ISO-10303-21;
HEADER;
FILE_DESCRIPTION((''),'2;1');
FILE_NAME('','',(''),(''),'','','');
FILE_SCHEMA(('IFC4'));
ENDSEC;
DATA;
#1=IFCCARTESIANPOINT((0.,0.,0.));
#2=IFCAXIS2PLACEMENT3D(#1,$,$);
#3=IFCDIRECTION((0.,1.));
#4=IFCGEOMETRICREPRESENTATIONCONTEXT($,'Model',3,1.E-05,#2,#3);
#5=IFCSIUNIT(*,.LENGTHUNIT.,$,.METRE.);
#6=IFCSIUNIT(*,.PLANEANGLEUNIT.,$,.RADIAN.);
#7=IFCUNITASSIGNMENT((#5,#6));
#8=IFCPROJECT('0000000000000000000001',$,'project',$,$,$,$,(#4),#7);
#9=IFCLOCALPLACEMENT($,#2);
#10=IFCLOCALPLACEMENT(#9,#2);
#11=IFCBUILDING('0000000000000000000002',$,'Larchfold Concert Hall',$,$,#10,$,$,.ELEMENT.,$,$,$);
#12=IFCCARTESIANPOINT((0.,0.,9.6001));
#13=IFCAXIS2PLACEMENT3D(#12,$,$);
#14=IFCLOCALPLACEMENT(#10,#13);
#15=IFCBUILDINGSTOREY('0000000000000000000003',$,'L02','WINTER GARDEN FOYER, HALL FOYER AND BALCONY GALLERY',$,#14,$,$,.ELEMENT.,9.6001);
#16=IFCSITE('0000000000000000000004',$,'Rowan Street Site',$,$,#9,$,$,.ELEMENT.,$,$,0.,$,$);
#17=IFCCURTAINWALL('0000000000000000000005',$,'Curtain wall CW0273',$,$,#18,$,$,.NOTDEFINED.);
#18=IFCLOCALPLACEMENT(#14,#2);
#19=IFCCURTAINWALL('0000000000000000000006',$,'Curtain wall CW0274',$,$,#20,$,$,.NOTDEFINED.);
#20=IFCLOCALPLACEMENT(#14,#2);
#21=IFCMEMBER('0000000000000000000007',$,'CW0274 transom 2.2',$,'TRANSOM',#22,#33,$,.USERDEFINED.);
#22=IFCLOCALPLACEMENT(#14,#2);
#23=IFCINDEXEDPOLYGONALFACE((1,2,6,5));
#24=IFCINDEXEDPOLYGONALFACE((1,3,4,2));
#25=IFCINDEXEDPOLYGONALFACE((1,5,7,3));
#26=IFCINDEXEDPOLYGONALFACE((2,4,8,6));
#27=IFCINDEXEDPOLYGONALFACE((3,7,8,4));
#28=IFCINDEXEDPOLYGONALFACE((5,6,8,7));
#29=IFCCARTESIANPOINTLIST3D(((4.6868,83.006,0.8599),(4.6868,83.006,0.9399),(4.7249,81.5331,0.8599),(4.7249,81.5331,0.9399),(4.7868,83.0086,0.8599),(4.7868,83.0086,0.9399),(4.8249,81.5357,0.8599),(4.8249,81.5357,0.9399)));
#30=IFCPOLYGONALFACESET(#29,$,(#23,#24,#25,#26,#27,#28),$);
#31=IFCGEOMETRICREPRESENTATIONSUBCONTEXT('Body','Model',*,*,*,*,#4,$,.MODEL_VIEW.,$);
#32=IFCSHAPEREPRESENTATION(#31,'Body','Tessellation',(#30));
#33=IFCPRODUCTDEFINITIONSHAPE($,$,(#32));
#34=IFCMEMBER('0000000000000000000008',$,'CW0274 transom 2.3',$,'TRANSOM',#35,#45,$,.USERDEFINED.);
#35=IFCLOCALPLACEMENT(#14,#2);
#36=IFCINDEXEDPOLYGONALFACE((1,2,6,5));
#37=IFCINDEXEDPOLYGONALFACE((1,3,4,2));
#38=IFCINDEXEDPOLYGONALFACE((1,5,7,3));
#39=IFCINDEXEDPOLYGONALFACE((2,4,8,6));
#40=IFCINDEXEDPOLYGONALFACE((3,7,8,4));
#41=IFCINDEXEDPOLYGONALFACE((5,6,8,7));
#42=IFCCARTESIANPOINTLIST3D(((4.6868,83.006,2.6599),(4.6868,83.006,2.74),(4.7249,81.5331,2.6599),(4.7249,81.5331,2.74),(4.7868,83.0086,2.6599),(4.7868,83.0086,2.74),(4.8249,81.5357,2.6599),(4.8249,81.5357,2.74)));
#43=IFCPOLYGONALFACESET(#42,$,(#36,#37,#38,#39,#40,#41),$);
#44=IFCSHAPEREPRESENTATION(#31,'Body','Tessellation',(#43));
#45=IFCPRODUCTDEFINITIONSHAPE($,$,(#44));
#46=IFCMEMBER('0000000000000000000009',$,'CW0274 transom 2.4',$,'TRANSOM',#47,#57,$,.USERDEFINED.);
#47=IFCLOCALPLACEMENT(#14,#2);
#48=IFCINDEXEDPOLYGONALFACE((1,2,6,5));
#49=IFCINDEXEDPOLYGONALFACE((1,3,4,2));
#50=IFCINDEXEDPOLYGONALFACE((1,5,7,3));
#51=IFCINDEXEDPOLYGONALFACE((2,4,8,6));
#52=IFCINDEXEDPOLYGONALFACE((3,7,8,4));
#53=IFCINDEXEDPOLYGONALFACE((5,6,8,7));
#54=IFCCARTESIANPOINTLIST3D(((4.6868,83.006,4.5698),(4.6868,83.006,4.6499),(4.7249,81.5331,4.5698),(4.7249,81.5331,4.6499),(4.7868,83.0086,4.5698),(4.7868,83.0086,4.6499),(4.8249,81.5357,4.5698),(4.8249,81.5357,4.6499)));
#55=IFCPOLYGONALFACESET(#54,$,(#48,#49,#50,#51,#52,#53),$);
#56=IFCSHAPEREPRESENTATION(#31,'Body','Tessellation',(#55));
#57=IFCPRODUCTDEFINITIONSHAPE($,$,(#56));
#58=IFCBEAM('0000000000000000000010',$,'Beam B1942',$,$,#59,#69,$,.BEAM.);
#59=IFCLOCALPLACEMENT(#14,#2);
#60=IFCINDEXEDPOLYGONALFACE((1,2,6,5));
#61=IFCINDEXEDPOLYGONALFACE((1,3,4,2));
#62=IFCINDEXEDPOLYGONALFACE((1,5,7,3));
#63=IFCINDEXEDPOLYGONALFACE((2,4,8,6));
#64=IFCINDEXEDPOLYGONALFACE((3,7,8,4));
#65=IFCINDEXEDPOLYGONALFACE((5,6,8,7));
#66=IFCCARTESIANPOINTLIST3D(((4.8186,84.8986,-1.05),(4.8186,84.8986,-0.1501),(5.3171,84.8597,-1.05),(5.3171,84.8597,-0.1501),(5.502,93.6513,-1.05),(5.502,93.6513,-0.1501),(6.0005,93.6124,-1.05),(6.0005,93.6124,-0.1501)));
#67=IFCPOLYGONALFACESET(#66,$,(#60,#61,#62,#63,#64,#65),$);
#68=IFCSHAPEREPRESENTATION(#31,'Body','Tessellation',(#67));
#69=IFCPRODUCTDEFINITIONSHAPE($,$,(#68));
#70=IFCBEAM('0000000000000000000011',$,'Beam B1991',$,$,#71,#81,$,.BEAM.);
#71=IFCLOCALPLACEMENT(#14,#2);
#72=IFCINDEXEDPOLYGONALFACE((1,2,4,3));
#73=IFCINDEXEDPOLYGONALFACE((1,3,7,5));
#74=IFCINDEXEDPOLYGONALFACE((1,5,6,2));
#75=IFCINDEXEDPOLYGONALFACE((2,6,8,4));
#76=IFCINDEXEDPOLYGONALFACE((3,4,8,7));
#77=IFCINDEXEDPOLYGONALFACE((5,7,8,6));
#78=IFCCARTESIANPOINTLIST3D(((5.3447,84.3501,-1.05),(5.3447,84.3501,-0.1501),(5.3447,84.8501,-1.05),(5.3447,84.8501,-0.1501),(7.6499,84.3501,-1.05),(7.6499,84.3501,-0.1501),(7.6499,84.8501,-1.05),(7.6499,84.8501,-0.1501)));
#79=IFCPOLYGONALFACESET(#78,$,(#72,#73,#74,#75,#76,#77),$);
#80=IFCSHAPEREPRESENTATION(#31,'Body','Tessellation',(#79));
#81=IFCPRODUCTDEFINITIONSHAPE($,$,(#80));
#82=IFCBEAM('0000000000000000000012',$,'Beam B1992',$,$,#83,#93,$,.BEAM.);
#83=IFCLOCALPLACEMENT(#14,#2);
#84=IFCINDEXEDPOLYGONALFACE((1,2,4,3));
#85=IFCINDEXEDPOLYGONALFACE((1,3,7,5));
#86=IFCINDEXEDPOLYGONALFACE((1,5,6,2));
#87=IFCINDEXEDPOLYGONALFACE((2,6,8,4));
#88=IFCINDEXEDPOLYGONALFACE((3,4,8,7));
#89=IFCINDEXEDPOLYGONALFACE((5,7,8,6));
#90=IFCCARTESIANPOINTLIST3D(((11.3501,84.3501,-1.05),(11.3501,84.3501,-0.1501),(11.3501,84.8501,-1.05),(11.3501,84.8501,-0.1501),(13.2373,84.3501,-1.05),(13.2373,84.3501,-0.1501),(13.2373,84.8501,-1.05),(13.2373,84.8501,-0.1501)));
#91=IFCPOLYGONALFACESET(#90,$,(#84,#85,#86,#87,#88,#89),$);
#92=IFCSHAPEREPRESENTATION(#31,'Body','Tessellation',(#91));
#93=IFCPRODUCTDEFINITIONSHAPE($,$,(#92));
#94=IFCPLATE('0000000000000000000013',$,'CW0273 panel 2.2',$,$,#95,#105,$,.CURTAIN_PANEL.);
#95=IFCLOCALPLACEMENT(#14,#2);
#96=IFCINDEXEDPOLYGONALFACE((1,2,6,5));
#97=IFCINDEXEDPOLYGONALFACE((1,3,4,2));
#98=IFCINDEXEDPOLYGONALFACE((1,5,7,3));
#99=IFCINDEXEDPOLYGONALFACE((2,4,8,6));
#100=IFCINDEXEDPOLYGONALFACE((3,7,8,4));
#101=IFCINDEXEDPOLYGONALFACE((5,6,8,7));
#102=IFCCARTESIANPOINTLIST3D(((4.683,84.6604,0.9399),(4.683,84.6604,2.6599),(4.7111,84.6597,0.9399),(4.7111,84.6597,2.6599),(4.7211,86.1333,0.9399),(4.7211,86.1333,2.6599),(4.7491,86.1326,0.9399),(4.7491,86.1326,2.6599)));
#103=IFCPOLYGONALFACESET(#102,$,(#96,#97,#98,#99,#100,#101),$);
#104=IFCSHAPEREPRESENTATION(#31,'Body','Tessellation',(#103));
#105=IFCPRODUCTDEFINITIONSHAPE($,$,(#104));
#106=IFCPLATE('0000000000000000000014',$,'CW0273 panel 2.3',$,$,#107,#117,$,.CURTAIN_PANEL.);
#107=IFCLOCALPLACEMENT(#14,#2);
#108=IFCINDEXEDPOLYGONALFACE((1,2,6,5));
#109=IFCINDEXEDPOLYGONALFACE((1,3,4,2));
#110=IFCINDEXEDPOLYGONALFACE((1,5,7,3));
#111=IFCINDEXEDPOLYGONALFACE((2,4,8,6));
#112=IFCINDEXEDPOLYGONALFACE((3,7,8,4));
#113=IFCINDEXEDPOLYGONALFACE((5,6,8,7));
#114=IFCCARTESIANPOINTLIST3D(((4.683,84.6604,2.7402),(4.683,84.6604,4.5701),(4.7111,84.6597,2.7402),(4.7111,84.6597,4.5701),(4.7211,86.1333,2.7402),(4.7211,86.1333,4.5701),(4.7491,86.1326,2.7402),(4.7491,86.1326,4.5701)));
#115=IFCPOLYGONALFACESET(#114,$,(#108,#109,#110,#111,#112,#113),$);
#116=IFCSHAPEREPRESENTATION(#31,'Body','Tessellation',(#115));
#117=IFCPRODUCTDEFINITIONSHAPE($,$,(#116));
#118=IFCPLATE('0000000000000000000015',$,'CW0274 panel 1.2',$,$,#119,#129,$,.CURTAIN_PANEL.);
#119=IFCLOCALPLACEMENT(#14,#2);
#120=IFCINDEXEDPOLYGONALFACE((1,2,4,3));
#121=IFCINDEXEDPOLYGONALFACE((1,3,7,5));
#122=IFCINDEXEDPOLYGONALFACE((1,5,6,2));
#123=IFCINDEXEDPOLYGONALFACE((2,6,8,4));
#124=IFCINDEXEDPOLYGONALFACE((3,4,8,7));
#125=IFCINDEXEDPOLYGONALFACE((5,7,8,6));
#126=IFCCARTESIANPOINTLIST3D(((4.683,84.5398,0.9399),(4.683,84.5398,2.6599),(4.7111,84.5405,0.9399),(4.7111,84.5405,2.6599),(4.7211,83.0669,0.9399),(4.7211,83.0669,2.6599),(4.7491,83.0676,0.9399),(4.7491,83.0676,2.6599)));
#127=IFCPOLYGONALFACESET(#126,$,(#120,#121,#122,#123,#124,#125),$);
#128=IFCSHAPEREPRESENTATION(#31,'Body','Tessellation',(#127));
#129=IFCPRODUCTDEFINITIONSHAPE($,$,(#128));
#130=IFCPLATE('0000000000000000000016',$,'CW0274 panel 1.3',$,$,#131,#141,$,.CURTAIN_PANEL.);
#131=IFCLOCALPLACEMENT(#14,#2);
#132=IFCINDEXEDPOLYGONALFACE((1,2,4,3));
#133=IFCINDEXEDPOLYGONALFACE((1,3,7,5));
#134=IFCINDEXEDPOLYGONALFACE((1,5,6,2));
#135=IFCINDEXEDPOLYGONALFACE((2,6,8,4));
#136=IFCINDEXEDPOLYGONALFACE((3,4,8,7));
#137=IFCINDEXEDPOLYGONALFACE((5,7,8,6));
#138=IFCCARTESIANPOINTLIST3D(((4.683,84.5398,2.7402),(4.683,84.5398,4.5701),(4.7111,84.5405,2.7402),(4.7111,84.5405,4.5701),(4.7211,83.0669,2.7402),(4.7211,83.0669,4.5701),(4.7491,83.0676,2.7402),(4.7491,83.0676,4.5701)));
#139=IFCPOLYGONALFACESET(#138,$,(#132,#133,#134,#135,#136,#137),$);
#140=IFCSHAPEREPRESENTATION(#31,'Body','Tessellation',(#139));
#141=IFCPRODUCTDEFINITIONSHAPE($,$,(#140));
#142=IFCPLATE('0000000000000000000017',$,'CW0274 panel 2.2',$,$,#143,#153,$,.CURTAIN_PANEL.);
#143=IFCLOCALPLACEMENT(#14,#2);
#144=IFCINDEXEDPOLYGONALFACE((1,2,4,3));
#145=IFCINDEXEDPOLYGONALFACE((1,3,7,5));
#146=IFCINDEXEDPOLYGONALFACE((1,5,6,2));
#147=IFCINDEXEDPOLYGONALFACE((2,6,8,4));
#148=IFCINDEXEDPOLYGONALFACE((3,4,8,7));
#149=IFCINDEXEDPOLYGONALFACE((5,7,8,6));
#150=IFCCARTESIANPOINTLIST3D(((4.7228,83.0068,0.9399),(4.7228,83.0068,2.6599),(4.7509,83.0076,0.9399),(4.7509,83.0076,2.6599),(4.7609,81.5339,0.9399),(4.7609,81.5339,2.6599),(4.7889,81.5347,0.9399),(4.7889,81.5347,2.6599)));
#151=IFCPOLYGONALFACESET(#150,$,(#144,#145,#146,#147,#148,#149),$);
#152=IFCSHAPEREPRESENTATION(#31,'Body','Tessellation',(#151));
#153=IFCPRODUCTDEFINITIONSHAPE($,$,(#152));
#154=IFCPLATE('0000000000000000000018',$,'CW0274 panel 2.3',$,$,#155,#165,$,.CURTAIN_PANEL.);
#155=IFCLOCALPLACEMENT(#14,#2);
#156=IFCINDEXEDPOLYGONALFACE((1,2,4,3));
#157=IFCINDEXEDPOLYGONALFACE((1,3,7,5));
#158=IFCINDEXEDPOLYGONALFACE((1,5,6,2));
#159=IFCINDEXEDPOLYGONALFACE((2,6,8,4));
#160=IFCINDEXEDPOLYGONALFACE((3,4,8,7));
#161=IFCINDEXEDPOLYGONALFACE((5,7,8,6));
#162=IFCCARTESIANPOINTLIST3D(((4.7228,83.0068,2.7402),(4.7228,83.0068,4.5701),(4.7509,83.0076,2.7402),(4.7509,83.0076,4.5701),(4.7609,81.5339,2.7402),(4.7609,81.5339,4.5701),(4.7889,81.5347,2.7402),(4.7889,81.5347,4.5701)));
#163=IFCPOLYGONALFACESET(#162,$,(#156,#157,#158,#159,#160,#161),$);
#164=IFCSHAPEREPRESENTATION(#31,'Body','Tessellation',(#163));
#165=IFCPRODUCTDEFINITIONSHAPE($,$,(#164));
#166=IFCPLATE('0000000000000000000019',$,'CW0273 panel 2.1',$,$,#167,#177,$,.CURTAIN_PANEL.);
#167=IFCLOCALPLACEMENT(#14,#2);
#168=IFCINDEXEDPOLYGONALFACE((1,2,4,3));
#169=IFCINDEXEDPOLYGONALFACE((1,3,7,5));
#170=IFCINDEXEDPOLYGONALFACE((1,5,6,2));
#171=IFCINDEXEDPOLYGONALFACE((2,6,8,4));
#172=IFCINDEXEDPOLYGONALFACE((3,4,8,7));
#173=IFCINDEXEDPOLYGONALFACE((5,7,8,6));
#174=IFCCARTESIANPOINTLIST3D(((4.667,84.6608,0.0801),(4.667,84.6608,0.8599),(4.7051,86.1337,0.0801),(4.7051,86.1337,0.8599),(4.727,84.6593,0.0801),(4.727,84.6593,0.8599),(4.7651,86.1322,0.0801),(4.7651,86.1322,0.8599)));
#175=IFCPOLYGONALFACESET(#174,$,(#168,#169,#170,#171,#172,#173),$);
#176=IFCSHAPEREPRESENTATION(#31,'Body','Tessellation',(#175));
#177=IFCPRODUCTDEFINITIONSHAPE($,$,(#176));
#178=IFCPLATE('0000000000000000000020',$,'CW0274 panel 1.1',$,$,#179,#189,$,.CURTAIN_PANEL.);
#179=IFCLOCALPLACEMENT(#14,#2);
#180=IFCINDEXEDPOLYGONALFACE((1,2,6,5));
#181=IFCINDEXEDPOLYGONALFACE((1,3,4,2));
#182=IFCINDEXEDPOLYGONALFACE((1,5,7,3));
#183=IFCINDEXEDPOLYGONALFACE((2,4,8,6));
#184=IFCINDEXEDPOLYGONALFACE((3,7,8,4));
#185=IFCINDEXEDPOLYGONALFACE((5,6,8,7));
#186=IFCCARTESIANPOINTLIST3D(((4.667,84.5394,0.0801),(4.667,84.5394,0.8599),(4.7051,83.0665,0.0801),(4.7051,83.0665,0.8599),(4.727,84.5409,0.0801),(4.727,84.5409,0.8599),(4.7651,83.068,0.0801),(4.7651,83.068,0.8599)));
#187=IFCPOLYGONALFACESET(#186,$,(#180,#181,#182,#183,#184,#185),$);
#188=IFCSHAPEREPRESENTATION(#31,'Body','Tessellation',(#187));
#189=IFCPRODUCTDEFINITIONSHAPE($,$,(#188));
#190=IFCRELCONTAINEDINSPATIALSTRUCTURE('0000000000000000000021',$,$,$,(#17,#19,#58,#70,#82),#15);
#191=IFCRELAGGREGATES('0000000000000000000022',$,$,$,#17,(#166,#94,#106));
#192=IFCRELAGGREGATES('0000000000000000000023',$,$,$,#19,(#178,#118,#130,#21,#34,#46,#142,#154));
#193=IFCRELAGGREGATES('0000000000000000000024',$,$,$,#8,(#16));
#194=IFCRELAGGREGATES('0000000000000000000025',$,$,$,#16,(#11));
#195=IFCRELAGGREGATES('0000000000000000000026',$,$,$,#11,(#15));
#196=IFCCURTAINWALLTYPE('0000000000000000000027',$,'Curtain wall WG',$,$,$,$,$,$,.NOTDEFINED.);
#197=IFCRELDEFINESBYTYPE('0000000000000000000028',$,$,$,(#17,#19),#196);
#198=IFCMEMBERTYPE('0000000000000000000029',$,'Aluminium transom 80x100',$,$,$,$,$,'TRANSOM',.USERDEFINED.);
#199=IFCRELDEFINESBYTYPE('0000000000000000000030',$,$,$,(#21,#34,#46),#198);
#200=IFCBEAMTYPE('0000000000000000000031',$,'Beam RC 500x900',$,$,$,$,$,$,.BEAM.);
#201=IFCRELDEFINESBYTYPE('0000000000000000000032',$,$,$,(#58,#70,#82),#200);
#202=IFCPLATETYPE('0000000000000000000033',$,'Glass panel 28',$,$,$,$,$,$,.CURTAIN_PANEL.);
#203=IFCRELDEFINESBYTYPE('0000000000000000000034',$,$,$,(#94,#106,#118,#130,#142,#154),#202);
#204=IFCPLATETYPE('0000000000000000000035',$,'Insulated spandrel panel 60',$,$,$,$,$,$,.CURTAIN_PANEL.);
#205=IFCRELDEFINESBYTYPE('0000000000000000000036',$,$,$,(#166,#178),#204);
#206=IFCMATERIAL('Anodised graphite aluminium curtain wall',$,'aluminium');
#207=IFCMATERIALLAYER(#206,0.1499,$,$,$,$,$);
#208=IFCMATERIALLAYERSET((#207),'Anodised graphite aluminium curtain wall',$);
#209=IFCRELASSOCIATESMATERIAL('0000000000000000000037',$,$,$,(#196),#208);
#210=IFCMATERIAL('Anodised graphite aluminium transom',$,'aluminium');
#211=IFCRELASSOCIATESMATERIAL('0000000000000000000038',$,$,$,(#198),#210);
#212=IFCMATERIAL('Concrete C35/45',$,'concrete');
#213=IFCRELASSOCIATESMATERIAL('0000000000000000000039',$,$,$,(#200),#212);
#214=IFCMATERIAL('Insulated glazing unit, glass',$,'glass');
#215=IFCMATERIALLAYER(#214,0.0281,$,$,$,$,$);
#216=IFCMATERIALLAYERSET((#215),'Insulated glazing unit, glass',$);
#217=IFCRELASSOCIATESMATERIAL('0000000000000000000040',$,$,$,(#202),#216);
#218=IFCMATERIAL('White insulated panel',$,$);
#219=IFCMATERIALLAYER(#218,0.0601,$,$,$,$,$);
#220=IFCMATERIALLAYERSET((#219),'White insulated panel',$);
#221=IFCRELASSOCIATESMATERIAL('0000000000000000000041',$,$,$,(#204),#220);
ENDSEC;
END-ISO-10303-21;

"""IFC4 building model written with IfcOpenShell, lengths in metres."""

from ifc_helpers import new_model, si_unit, direction, frame, origin, origin_2d, place, context, subcontext, project, spatial, rectangle, extrude, material, layer, layer_set, material_profile, profile_set, type_object, element, aggregate, save


model = new_model("IFC4")

# Units and contexts
model_context = context("Model", 3, precision=1e-05, world=origin(), true_north=direction((0.0, 1.0)))
body_context = subcontext(model_context, "Body", "Model", "MODEL_VIEW")
ifc_project = project(units=[si_unit("LENGTHUNIT", "METRE"), si_unit("PLANEANGLEUNIT", "RADIAN")], contexts=[model_context])

# Site, building, storey
site_placement = place(None, origin())
site = spatial("IfcSite", under=ifc_project, at=site_placement, Name="Rowan Street Site", CompositionType="ELEMENT", RefElevation=0.0)
building_placement = place(site_placement, origin())
building = spatial("IfcBuilding", under=site, at=building_placement, Name="Larchfold Concert Hall", CompositionType="ELEMENT")
storey_placement = place(building_placement, frame((0.0, 0.0, 9.6001)))
storey = spatial("IfcBuildingStorey", under=building, at=storey_placement, Name="L02", Description="WINTER GARDEN FOYER, HALL FOYER AND BALCONY GALLERY", CompositionType="ELEMENT", Elevation=9.6001)

# Curtain walls
ifc_material_1 = material(Name="Anodised graphite aluminium curtain wall", Category="aluminium")
ifc_layer_1 = layer(ifc_material_1, 0.1499)
ifc_layer_set_1 = layer_set([ifc_layer_1], Name="Anodised graphite aluminium curtain wall")
curtain_wall_type = type_object("IfcCurtainWallType", Name="Curtain wall WG", PredefinedType="NOTDEFINED", material=ifc_layer_set_1)
curtain_wall_1_placement = place(storey_placement, origin())
curtain_wall_1 = element("IfcCurtainWall", 1, at=curtain_wall_1_placement, inside=storey, type_object=curtain_wall_type, Name="Curtain wall CW0273", PredefinedType="NOTDEFINED")
curtain_wall_2_placement = place(storey_placement, origin())
curtain_wall_2 = element("IfcCurtainWall", 2, at=curtain_wall_2_placement, inside=storey, type_object=curtain_wall_type, Name="Curtain wall CW0274", PredefinedType="NOTDEFINED")

# Members
ifc_material_2 = material(Name="Anodised graphite aluminium transom", Category="aluminium")
ifc_material_profile_1 = material_profile(ifc_material_2, rectangle(XDim=0.1001, YDim=0.0801, at=origin_2d()))
ifc_profile_set_1 = profile_set([ifc_material_profile_1], Name="Anodised graphite aluminium transom")
member_type_1 = type_object("IfcMemberType", Name="Aluminium transom 80x100", ElementType="TRANSOM", PredefinedType="USERDEFINED", material=ifc_profile_set_1)
member_1_placement = place(storey_placement, frame((4.7368, 83.0073, 0.8999), z_axis=(0.025849, -0.999666, 0.0), x_axis=(0.999666, 0.025849, 0.0)))
member_1 = element("IfcMember", 3, at=member_1_placement, type_object=member_type_1, Name="CW0274 transom 2.2", ObjectType="TRANSOM", PredefinedType="USERDEFINED", context=body_context, shape_type="SweptSolid", body=[
    extrude(rectangle(XDim=0.1001, YDim=0.0801, at=origin_2d()), origin(), (0.0, 0.0, 1.0), 1.4734),
])
member_2_placement = place(storey_placement, frame((4.7368, 83.0073, 2.7), z_axis=(0.025849, -0.999666, 0.0), x_axis=(0.999666, 0.025849, 0.0)))
member_2 = element("IfcMember", 4, at=member_2_placement, type_object=member_type_1, Name="CW0274 transom 2.3", ObjectType="TRANSOM", PredefinedType="USERDEFINED", context=body_context, shape_type="SweptSolid", body=[
    extrude(rectangle(XDim=0.1001, YDim=0.0801, at=origin_2d()), origin(), (0.0, 0.0, 1.0), 1.4734),
])
member_3_placement = place(storey_placement, frame((4.7368, 83.0073, 4.6099), z_axis=(0.025849, -0.999666, 0.0), x_axis=(0.999666, 0.025849, 0.0)))
member_3 = element("IfcMember", 5, at=member_3_placement, type_object=member_type_1, Name="CW0274 transom 2.4", ObjectType="TRANSOM", PredefinedType="USERDEFINED", context=body_context, shape_type="SweptSolid", body=[
    extrude(rectangle(XDim=0.1001, YDim=0.0801, at=origin_2d()), origin(), (0.0, 0.0, 1.0), 1.4734),
])

# Beams
ifc_material_3 = material(Name="Concrete C35/45", Category="concrete")
ifc_material_profile_2 = material_profile(ifc_material_3, rectangle(XDim=0.5, YDim=0.8999, at=origin_2d()))
ifc_profile_set_2 = profile_set([ifc_material_profile_2], Name="Concrete C35/45")
beam_type = type_object("IfcBeamType", Name="Beam RC 500x900", PredefinedType="BEAM", material=ifc_profile_set_2)
beam_1_placement = place(storey_placement, frame((5.0679, 84.8792, -0.6001), z_axis=(0.077836, 0.996966, 0.0), x_axis=(-0.996966, 0.077836, 0.0)))
element("IfcBeam", 6, at=beam_1_placement, inside=storey, type_object=beam_type, Name="Beam B1942", PredefinedType="BEAM", context=body_context, shape_type="SweptSolid", body=[
    extrude(rectangle(XDim=0.5, YDim=0.8999, at=origin_2d()), origin(), (0.0, 0.0, 1.0), 8.7793),
])
beam_2_placement = place(storey_placement, frame((5.3447, 84.6001, -0.6001), z_axis=(1.0, 0.0, 0.0), x_axis=(0.0, 1.0, 0.0)))
element("IfcBeam", 7, at=beam_2_placement, inside=storey, type_object=beam_type, Name="Beam B1991", PredefinedType="BEAM", context=body_context, shape_type="SweptSolid", body=[
    extrude(rectangle(XDim=0.5, YDim=0.8999, at=origin_2d()), origin(), (0.0, 0.0, 1.0), 2.3052),
])
beam_3_placement = place(storey_placement, frame((11.3501, 84.6001, -0.6001), z_axis=(1.0, 0.0, 0.0), x_axis=(0.0, 1.0, 0.0)))
element("IfcBeam", 8, at=beam_3_placement, inside=storey, type_object=beam_type, Name="Beam B1992", PredefinedType="BEAM", context=body_context, shape_type="SweptSolid", body=[
    extrude(rectangle(XDim=0.5, YDim=0.8999, at=origin_2d()), origin(), (0.0, 0.0, 1.0), 1.8872),
])

# Plates
ifc_material_4 = material(Name="Insulated glazing unit, glass", Category="glass")
ifc_layer_2 = layer(ifc_material_4, 0.0281)
ifc_layer_set_2 = layer_set([ifc_layer_2], Name="Insulated glazing unit, glass")
plate_type_1 = type_object("IfcPlateType", Name="Glass panel 28", PredefinedType="CURTAIN_PANEL", material=ifc_layer_set_2)
plate_1_placement = place(storey_placement, frame((4.7161, 85.3965, 0.9399), z_axis=(0.0, 0.0, 1.0), x_axis=(-0.025845, -0.999666, 0.0)))
plate_1 = element("IfcPlate", 9, at=plate_1_placement, type_object=plate_type_1, Name="CW0273 panel 2.2", PredefinedType="CURTAIN_PANEL", context=body_context, shape_type="SweptSolid", body=[
    extrude(rectangle(XDim=1.4734, YDim=0.0281, at=origin_2d()), origin(), (0.0, 0.0, 1.0), 1.72),
])
plate_2_placement = place(storey_placement, frame((4.7161, 85.3965, 2.7402), z_axis=(0.0, 0.0, 1.0), x_axis=(-0.025845, -0.999666, 0.0)))
plate_2 = element("IfcPlate", 10, at=plate_2_placement, type_object=plate_type_1, Name="CW0273 panel 2.3", PredefinedType="CURTAIN_PANEL", context=body_context, shape_type="SweptSolid", body=[
    extrude(rectangle(XDim=1.4734, YDim=0.0281, at=origin_2d()), origin(), (0.0, 0.0, 1.0), 1.8298),
])
plate_3_placement = place(storey_placement, frame((4.7161, 83.8037, 0.9399), z_axis=(0.0, 0.0, 1.0), x_axis=(0.025845, -0.999666, 0.0)))
plate_3 = element("IfcPlate", 11, at=plate_3_placement, type_object=plate_type_1, Name="CW0274 panel 1.2", PredefinedType="CURTAIN_PANEL", context=body_context, shape_type="SweptSolid", body=[
    extrude(rectangle(XDim=1.4734, YDim=0.0281, at=origin_2d()), origin(), (0.0, 0.0, 1.0), 1.72),
])
plate_4_placement = place(storey_placement, frame((4.7161, 83.8037, 2.7402), z_axis=(0.0, 0.0, 1.0), x_axis=(0.025845, -0.999666, 0.0)))
plate_4 = element("IfcPlate", 12, at=plate_4_placement, type_object=plate_type_1, Name="CW0274 panel 1.3", PredefinedType="CURTAIN_PANEL", context=body_context, shape_type="SweptSolid", body=[
    extrude(rectangle(XDim=1.4734, YDim=0.0281, at=origin_2d()), origin(), (0.0, 0.0, 1.0), 1.8298),
])
plate_5_placement = place(storey_placement, frame((4.7559, 82.2708, 0.9399), z_axis=(0.0, 0.0, 1.0), x_axis=(0.025845, -0.999666, 0.0)))
plate_5 = element("IfcPlate", 13, at=plate_5_placement, type_object=plate_type_1, Name="CW0274 panel 2.2", PredefinedType="CURTAIN_PANEL", context=body_context, shape_type="SweptSolid", body=[
    extrude(rectangle(XDim=1.4734, YDim=0.0281, at=origin_2d()), origin(), (0.0, 0.0, 1.0), 1.72),
])
plate_6_placement = place(storey_placement, frame((4.7559, 82.2708, 2.7402), z_axis=(0.0, 0.0, 1.0), x_axis=(0.025845, -0.999666, 0.0)))
plate_6 = element("IfcPlate", 14, at=plate_6_placement, type_object=plate_type_1, Name="CW0274 panel 2.3", PredefinedType="CURTAIN_PANEL", context=body_context, shape_type="SweptSolid", body=[
    extrude(rectangle(XDim=1.4734, YDim=0.0281, at=origin_2d()), origin(), (0.0, 0.0, 1.0), 1.8298),
])
ifc_material_5 = material(Name="White insulated panel")
ifc_layer_3 = layer(ifc_material_5, 0.0601)
ifc_layer_set_3 = layer_set([ifc_layer_3], Name="White insulated panel")
plate_type_2 = type_object("IfcPlateType", Name="Insulated spandrel panel 60", PredefinedType="CURTAIN_PANEL", material=ifc_layer_set_3)
plate_7_placement = place(storey_placement, frame((4.7161, 85.3965, 0.0801), z_axis=(0.0, 0.0, 1.0), x_axis=(-0.025845, -0.999666, 0.0)))
plate_7 = element("IfcPlate", 15, at=plate_7_placement, type_object=plate_type_2, Name="CW0273 panel 2.1", PredefinedType="CURTAIN_PANEL", context=body_context, shape_type="SweptSolid", body=[
    extrude(rectangle(XDim=1.4734, YDim=0.0601, at=origin_2d()), origin(), (0.0, 0.0, 1.0), 0.7798),
])
aggregate(curtain_wall_1, [plate_7, plate_1, plate_2])
plate_8_placement = place(storey_placement, frame((4.7161, 83.8037, 0.0801), z_axis=(0.0, 0.0, 1.0), x_axis=(0.025845, -0.999666, 0.0)))
plate_8 = element("IfcPlate", 16, at=plate_8_placement, type_object=plate_type_2, Name="CW0274 panel 1.1", PredefinedType="CURTAIN_PANEL", context=body_context, shape_type="SweptSolid", body=[
    extrude(rectangle(XDim=1.4734, YDim=0.0601, at=origin_2d()), origin(), (0.0, 0.0, 1.0), 0.7798),
])
aggregate(curtain_wall_2, [plate_8, plate_3, plate_4, member_1, member_2, member_3, plate_5, plate_6])

save(model, "model.ifc")
